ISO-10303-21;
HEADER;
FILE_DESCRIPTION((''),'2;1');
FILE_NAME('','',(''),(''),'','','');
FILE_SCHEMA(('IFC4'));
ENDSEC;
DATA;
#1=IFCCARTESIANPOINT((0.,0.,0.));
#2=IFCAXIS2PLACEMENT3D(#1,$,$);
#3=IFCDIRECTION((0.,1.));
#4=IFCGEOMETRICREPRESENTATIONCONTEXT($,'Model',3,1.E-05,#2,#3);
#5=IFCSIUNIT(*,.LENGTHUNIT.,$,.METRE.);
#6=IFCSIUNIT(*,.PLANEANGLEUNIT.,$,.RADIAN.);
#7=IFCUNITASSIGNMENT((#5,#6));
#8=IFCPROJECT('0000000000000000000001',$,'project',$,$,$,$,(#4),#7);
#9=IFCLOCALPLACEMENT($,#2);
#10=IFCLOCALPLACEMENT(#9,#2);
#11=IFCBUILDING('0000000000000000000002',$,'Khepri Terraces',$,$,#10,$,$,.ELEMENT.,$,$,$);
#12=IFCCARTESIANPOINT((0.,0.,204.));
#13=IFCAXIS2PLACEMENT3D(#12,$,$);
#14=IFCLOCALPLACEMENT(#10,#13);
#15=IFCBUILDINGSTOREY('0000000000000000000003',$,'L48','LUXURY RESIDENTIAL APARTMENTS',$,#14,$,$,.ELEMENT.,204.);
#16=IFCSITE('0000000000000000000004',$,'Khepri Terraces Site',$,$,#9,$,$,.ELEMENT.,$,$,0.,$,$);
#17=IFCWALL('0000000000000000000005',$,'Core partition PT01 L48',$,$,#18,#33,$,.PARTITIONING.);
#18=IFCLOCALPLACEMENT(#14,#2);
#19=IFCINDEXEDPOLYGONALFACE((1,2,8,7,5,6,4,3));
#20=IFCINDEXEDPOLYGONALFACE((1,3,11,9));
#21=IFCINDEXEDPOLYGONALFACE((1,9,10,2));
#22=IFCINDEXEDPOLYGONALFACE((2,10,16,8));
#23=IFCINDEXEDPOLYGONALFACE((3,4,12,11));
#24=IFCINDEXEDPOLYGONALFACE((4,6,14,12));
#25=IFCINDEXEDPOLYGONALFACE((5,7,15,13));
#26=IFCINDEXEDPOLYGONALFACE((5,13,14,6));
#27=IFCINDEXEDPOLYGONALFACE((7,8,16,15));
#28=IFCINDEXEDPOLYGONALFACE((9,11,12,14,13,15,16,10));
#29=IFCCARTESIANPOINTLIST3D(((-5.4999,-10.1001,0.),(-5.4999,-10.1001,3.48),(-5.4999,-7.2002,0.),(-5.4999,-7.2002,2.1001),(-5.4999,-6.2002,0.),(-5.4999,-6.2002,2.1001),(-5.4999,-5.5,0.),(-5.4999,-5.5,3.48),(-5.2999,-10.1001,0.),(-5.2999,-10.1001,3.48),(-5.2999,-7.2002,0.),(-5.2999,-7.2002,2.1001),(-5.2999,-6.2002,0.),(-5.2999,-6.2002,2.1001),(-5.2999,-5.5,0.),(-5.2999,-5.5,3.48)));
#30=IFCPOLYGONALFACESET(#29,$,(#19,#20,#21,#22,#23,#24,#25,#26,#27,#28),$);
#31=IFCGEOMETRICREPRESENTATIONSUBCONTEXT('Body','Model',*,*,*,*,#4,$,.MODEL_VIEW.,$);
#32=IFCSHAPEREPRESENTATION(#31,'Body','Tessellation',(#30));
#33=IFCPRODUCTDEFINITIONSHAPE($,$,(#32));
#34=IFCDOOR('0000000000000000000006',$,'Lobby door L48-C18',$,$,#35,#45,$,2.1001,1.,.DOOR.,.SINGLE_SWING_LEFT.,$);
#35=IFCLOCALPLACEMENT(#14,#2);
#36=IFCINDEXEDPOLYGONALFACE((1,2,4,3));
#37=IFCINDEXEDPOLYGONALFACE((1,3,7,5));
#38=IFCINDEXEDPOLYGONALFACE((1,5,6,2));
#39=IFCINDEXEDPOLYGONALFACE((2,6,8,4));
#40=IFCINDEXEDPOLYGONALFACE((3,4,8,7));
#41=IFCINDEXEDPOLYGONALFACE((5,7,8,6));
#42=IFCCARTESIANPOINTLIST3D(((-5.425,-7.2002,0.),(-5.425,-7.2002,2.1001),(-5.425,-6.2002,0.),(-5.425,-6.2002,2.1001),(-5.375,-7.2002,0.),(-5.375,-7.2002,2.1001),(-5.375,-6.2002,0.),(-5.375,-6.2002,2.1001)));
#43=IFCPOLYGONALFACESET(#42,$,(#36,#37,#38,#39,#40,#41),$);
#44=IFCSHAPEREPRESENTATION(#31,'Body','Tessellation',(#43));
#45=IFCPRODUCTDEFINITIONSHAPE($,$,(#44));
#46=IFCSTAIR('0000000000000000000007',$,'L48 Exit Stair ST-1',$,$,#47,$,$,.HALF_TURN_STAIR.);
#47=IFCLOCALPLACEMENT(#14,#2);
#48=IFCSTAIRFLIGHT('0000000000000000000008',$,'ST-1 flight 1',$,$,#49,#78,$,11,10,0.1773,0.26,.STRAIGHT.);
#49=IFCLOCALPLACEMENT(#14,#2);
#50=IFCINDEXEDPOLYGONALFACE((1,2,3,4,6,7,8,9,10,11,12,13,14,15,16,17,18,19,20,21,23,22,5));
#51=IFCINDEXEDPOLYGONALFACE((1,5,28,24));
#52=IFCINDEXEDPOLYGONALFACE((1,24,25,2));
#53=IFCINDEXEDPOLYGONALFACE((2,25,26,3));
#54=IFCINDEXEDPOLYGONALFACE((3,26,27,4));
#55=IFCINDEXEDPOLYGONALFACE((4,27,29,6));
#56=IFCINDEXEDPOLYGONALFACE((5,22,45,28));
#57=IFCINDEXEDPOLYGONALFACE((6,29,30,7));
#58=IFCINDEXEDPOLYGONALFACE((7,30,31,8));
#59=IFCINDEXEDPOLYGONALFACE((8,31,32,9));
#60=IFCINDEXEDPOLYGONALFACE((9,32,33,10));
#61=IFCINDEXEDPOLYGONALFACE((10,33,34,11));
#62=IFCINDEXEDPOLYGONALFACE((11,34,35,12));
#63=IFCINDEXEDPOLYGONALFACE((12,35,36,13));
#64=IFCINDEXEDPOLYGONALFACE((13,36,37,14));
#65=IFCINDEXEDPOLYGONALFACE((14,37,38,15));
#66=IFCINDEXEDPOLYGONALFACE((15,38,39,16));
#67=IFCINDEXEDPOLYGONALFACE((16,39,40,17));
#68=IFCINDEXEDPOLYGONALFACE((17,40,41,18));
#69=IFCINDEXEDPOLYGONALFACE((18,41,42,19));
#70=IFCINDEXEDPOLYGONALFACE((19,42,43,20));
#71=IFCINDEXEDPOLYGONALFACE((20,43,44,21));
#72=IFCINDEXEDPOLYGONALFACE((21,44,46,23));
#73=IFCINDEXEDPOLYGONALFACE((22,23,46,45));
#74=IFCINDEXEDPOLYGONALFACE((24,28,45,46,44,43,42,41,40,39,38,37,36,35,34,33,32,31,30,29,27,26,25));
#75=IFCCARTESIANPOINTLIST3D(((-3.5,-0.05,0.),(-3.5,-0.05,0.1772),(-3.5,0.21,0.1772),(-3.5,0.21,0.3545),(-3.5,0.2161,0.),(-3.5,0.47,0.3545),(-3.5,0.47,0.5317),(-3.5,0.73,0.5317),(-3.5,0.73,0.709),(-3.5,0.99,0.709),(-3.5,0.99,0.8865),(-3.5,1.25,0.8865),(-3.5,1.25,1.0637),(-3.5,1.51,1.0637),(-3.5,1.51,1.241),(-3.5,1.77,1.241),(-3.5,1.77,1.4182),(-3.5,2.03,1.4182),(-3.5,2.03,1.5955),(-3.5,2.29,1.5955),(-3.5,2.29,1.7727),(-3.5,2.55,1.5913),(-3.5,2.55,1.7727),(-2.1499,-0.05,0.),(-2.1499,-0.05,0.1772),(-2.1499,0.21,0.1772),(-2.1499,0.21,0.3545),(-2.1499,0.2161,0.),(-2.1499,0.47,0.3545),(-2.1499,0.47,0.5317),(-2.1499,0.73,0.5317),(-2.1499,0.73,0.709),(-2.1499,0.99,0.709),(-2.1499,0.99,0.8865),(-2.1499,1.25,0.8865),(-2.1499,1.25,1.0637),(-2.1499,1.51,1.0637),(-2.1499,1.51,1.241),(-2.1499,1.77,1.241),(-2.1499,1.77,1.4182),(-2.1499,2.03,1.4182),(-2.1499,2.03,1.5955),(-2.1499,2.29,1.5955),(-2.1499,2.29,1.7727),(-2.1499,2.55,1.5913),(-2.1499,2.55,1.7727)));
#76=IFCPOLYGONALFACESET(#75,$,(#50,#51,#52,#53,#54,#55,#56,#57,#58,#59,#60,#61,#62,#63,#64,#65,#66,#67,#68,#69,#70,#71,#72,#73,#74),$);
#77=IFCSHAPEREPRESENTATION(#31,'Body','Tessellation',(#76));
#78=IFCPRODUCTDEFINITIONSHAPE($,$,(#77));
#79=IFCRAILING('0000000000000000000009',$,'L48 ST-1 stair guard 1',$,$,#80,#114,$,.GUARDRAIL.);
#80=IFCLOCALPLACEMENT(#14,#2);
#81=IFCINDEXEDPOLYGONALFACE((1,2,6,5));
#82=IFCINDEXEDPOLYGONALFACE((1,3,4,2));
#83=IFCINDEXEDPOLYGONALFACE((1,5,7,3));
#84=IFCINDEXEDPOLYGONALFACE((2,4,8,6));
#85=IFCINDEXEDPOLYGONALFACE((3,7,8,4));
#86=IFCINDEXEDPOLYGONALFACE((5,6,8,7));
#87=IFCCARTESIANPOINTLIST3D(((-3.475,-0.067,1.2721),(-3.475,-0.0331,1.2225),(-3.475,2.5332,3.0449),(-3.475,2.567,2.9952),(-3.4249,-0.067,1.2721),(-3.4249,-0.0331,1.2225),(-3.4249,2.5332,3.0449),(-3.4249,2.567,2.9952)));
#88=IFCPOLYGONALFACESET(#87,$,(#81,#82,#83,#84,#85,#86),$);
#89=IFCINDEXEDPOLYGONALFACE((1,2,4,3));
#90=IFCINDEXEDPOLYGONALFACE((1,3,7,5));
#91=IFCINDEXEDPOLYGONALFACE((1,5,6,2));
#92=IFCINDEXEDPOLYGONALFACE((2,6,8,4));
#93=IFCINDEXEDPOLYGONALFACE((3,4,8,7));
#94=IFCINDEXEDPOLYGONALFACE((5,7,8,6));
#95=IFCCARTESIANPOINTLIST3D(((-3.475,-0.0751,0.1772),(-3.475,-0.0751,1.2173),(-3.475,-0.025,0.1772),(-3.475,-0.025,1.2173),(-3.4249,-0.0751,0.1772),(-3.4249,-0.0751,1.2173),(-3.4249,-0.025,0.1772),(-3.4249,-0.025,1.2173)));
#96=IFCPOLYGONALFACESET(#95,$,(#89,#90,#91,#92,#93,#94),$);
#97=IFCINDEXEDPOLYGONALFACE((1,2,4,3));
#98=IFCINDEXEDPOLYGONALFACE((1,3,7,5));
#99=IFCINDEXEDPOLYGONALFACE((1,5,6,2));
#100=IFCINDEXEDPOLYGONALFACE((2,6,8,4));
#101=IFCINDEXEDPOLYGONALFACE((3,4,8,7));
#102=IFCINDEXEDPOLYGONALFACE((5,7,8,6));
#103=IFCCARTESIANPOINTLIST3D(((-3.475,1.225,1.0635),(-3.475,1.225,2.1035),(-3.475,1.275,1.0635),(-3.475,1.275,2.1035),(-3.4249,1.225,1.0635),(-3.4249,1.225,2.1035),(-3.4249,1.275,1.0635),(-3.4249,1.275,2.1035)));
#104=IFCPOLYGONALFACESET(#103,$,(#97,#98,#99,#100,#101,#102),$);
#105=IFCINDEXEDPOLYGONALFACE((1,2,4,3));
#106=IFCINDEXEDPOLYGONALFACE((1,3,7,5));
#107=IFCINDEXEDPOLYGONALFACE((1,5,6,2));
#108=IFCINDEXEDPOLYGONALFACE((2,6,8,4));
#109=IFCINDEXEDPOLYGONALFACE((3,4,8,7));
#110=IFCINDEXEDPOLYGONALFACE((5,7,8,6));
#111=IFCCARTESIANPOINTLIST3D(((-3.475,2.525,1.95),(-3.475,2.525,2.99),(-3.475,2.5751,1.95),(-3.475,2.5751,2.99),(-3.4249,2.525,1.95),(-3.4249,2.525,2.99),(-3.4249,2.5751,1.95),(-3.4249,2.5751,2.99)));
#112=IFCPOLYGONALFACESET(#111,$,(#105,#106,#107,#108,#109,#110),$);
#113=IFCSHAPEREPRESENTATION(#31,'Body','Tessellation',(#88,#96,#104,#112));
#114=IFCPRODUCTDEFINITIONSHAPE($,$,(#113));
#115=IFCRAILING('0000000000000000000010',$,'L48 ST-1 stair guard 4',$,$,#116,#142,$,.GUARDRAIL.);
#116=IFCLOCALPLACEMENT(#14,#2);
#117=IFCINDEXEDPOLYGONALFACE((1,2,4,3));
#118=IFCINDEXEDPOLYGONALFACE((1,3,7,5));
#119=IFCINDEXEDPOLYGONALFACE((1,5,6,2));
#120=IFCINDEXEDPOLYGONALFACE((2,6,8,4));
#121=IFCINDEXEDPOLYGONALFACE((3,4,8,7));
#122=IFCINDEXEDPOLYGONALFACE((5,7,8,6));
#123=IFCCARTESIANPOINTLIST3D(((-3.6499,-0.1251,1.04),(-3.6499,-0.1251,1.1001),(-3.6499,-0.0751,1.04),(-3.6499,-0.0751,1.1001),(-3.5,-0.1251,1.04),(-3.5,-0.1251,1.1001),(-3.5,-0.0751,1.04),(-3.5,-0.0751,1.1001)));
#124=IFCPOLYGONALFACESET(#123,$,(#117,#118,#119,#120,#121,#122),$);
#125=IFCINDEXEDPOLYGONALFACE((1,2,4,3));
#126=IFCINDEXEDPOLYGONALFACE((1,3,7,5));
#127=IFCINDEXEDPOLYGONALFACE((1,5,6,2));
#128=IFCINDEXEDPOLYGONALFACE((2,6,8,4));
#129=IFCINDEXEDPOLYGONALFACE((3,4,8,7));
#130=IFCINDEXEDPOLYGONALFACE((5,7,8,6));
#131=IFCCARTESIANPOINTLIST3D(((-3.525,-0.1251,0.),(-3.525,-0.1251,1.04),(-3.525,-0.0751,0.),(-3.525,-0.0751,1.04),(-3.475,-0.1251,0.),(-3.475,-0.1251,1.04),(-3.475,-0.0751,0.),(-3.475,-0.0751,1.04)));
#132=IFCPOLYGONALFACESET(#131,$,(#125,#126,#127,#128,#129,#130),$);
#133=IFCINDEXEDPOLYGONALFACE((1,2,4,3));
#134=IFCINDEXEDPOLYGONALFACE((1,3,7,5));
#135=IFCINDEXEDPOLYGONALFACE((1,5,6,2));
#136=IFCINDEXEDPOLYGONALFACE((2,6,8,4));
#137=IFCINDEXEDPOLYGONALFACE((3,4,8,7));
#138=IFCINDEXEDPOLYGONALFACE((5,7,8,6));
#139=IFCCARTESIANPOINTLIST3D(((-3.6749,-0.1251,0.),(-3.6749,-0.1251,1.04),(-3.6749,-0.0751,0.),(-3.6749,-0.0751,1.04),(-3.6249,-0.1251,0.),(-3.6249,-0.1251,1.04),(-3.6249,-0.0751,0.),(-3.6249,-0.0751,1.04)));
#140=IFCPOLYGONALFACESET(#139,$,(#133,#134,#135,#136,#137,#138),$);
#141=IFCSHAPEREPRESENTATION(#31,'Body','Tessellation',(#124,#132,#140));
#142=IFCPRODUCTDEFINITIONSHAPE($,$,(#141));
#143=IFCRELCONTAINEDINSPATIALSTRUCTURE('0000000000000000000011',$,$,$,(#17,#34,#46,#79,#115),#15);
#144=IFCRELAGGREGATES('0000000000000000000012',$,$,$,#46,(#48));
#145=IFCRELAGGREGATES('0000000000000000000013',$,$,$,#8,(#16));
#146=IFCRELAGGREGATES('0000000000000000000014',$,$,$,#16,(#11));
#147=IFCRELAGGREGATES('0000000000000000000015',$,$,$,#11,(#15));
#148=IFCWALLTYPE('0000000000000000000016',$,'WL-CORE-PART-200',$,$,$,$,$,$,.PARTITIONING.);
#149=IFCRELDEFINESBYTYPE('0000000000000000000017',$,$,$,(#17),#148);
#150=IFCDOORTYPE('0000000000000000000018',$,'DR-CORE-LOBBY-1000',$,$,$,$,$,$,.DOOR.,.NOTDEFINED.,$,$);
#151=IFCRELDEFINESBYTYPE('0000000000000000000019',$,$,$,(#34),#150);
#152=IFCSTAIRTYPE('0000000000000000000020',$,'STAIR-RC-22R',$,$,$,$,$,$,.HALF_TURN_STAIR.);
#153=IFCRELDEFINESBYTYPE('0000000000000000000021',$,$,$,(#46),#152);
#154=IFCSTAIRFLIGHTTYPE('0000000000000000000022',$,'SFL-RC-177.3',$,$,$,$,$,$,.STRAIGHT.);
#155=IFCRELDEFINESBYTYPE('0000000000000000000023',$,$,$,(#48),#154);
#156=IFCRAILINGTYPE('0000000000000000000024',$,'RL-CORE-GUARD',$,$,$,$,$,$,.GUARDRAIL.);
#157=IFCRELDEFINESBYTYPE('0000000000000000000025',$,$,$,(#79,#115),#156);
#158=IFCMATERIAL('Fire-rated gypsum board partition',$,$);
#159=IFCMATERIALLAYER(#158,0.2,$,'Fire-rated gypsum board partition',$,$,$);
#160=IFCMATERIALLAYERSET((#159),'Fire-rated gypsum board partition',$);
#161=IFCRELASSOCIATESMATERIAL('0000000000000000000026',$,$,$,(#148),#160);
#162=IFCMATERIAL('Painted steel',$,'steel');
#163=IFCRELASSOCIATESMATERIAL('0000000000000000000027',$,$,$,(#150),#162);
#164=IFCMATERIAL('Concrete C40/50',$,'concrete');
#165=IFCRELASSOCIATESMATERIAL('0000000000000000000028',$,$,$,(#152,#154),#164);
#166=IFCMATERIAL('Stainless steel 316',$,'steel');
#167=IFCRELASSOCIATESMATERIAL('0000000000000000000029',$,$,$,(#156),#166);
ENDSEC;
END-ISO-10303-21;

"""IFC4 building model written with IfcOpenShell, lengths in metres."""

from ifc_helpers import new_model, si_unit, direction, frame, frame_2d, origin, origin_2d, place, context, subcontext, project, spatial, polyline, rectangle, outline, extrude, material, layer, layer_set, type_object, element, fill, aggregate, save


model = new_model("IFC4")

# Units and contexts
model_context = context("Model", 3, precision=1e-05, world=origin(), true_north=direction((0.0, 1.0)))
body_context = subcontext(model_context, "Body", "Model", "MODEL_VIEW")
ifc_project = project(units=[si_unit("LENGTHUNIT", "METRE"), si_unit("PLANEANGLEUNIT", "RADIAN")], contexts=[model_context])

# Site, building, storey
site_placement = place(None, origin())
site = spatial("IfcSite", under=ifc_project, at=site_placement, Name="Khepri Terraces Site", CompositionType="ELEMENT", RefElevation=0.0)
building_placement = place(site_placement, origin())
building = spatial("IfcBuilding", under=site, at=building_placement, Name="Khepri Terraces", CompositionType="ELEMENT")
storey_placement = place(building_placement, frame((0.0, 0.0, 204.0)))
storey = spatial("IfcBuildingStorey", under=building, at=storey_placement, Name="L48", Description="LUXURY RESIDENTIAL APARTMENTS", CompositionType="ELEMENT", Elevation=204.0)

# Shared definitions
ifc_material_1 = material(Name="Painted steel", Category="steel")

# Shared definitions
ifc_material_2 = material(Name="Fire-rated gypsum board partition")

# Wall, opening, door
ifc_layer_1 = layer(ifc_material_2, 0.2, Name="Fire-rated gypsum board partition")
ifc_layer_set_1 = layer_set([ifc_layer_1], Name="Fire-rated gypsum board partition")
wall_type_1 = type_object("IfcWallType", Name="WL-CORE-PART-200", PredefinedType="PARTITIONING", material=ifc_layer_set_1)
wall_1_placement = place(storey_placement, frame((-5.3999, -10.1001, 0.0), z_axis=(0.0, 0.0, 1.0), x_axis=(0.0, 1.0, 0.0)))
wall_1 = element("IfcWall", 1, at=wall_1_placement, inside=storey, type_object=wall_type_1, Name="Core partition PT01 L48", PredefinedType="PARTITIONING", context=body_context, shape_type="SweptSolid", body=[
    extrude(rectangle(XDim=4.6001, YDim=0.2, at=frame_2d((2.3, 0.0))), origin(), (0.0, 0.0, 1.0), 3.48),
])
opening_1_placement = place(wall_1_placement, frame((2.8999, 0.0, 0.0)))
opening_1 = element("IfcOpeningElement", 2, at=opening_1_placement, cuts=wall_1, PredefinedType="OPENING", context=body_context, shape_type="SweptSolid", body=[
    extrude(rectangle(XDim=1.0, YDim=2.1001, at=frame_2d((0.5, 1.05))), frame((0.0, 0.1099, 0.0), z_axis=(0.0, -1.0, 0.0), x_axis=(1.0, 0.0, 0.0)), (0.0, 0.0, 1.0), 0.22),
])
door_type_1 = type_object("IfcDoorType", Name="DR-CORE-LOBBY-1000", OperationType="NOTDEFINED", PredefinedType="DOOR", material=ifc_material_1)
door_1_placement = place(opening_1_placement, frame((1.0, 0.0, 0.0), z_axis=(0.0, 0.0, 1.0), x_axis=(-1.0, 0.0, 0.0)))
door_1 = element("IfcDoor", 3, at=door_1_placement, inside=storey, type_object=door_type_1, Name="Lobby door L48-C18", OperationType="SINGLE_SWING_LEFT", OverallHeight=2.1001, OverallWidth=1.0, PredefinedType="DOOR", context=body_context, shape_type="SweptSolid", body=[
    extrude(rectangle(XDim=1.0, YDim=2.1001, at=frame_2d((0.5, 1.05))), frame((0.0, 0.0249, 0.0), z_axis=(0.0, -1.0, 0.0), x_axis=(1.0, 0.0, 0.0)), (0.0, 0.0, 1.0), 0.05),
])
fill(opening_1, door_1)

# Stair, stair flight
ifc_material_3 = material(Name="Concrete C40/50", Category="concrete")
stair_type = type_object("IfcStairType", Name="STAIR-RC-22R", PredefinedType="HALF_TURN_STAIR", material=ifc_material_3)
stair_placement = place(storey_placement, origin())
stair = element("IfcStair", 4, at=stair_placement, inside=storey, type_object=stair_type, Name="L48 Exit Stair ST-1", PredefinedType="HALF_TURN_STAIR")
stair_flight_type = type_object("IfcStairFlightType", Name="SFL-RC-177.3", PredefinedType="STRAIGHT", material=ifc_material_3)
stair_flight_placement = place(storey_placement, frame((-2.825, -0.05, 0.0), z_axis=(0.0, 0.0, 1.0), x_axis=(0.0, 1.0, 0.0)))
stair_flight = element("IfcStairFlight", 5, at=stair_flight_placement, type_object=stair_flight_type, Name="ST-1 flight 1", NumberOfRisers=11, NumberOfTreads=10, PredefinedType="STRAIGHT", RiserHeight=0.1773, TreadLength=0.26, context=body_context, shape_type="SweptSolid", body=[
    extrude(outline(polyline([(0.0, 0.0), (0.0, 0.1772), (0.26, 0.1772), (0.26, 0.3545), (0.52, 0.3545), (0.52, 0.5317), (0.78, 0.5317), (0.78, 0.709), (1.04, 0.709), (1.04, 0.8865), (1.3, 0.8865), (1.3, 1.0637), (1.5601, 1.0637), (1.5601, 1.241), (1.8201, 1.241), (1.8201, 1.4182), (2.0801, 1.4182), (2.0801, 1.5955), (2.3401, 1.5955), (2.3401, 1.7727), (2.6001, 1.7727), (2.6001, 1.95), (2.6001, 1.5913), (0.2661, 0.0), (0.0, 0.0)])), frame((0.0, 0.675, 0.0), z_axis=(0.0, -1.0, 0.0), x_axis=(1.0, 0.0, 0.0)), (0.0, 0.0, 1.0), 1.3501),
])
aggregate(stair, [stair_flight])

# Railings
ifc_material_4 = material(Name="Stainless steel 316", Category="steel")
railing_type = type_object("IfcRailingType", Name="RL-CORE-GUARD", PredefinedType="GUARDRAIL", material=ifc_material_4)
railing_1_placement = place(storey_placement, frame((-3.45, -0.05, 0.1772)))
element("IfcRailing", 6, at=railing_1_placement, inside=storey, type_object=railing_type, Name="L48 ST-1 stair guard 1", PredefinedType="GUARDRAIL", context=body_context, shape_type="SweptSolid", body=[
    extrude(rectangle(XDim=0.05, YDim=0.0601, at=origin_2d()), frame((0.0, 0.0, 1.0701), z_axis=(0.0, 0.82624, 0.563318), x_axis=(-1.0, 0.0, 0.0)), (0.0, 0.0, 1.0), 3.147),
    extrude(rectangle(XDim=0.05, YDim=0.05, at=origin_2d()), origin(), (0.0, 0.0, 1.0), 1.04),
    extrude(rectangle(XDim=0.05, YDim=0.05, at=origin_2d()), frame((0.0, 1.3, 0.8862)), (0.0, 0.0, 1.0), 1.04),
    extrude(rectangle(XDim=0.05, YDim=0.05, at=origin_2d()), frame((0.0, 2.6001, 1.7727)), (0.0, 0.0, 1.0), 1.04),
])
railing_2_placement = place(storey_placement, frame((-3.5, -0.1001, 0.0)))
element("IfcRailing", 7, at=railing_2_placement, inside=storey, type_object=railing_type, Name="L48 ST-1 stair guard 4", PredefinedType="GUARDRAIL", context=body_context, shape_type="SweptSolid", body=[
    extrude(rectangle(XDim=0.05, YDim=0.0601, at=origin_2d()), frame((0.0, 0.0, 1.0701), z_axis=(-1.0, 0.0, 0.0), x_axis=(0.0, -1.0, 0.0)), (0.0, 0.0, 1.0), 0.1499),
    extrude(rectangle(XDim=0.05, YDim=0.05, at=origin_2d()), origin(), (0.0, 0.0, 1.0), 1.04),
    extrude(rectangle(XDim=0.05, YDim=0.05, at=origin_2d()), frame((-0.1499, 0.0, 0.0)), (0.0, 0.0, 1.0), 1.04),
])

save(model, "model.ifc")
